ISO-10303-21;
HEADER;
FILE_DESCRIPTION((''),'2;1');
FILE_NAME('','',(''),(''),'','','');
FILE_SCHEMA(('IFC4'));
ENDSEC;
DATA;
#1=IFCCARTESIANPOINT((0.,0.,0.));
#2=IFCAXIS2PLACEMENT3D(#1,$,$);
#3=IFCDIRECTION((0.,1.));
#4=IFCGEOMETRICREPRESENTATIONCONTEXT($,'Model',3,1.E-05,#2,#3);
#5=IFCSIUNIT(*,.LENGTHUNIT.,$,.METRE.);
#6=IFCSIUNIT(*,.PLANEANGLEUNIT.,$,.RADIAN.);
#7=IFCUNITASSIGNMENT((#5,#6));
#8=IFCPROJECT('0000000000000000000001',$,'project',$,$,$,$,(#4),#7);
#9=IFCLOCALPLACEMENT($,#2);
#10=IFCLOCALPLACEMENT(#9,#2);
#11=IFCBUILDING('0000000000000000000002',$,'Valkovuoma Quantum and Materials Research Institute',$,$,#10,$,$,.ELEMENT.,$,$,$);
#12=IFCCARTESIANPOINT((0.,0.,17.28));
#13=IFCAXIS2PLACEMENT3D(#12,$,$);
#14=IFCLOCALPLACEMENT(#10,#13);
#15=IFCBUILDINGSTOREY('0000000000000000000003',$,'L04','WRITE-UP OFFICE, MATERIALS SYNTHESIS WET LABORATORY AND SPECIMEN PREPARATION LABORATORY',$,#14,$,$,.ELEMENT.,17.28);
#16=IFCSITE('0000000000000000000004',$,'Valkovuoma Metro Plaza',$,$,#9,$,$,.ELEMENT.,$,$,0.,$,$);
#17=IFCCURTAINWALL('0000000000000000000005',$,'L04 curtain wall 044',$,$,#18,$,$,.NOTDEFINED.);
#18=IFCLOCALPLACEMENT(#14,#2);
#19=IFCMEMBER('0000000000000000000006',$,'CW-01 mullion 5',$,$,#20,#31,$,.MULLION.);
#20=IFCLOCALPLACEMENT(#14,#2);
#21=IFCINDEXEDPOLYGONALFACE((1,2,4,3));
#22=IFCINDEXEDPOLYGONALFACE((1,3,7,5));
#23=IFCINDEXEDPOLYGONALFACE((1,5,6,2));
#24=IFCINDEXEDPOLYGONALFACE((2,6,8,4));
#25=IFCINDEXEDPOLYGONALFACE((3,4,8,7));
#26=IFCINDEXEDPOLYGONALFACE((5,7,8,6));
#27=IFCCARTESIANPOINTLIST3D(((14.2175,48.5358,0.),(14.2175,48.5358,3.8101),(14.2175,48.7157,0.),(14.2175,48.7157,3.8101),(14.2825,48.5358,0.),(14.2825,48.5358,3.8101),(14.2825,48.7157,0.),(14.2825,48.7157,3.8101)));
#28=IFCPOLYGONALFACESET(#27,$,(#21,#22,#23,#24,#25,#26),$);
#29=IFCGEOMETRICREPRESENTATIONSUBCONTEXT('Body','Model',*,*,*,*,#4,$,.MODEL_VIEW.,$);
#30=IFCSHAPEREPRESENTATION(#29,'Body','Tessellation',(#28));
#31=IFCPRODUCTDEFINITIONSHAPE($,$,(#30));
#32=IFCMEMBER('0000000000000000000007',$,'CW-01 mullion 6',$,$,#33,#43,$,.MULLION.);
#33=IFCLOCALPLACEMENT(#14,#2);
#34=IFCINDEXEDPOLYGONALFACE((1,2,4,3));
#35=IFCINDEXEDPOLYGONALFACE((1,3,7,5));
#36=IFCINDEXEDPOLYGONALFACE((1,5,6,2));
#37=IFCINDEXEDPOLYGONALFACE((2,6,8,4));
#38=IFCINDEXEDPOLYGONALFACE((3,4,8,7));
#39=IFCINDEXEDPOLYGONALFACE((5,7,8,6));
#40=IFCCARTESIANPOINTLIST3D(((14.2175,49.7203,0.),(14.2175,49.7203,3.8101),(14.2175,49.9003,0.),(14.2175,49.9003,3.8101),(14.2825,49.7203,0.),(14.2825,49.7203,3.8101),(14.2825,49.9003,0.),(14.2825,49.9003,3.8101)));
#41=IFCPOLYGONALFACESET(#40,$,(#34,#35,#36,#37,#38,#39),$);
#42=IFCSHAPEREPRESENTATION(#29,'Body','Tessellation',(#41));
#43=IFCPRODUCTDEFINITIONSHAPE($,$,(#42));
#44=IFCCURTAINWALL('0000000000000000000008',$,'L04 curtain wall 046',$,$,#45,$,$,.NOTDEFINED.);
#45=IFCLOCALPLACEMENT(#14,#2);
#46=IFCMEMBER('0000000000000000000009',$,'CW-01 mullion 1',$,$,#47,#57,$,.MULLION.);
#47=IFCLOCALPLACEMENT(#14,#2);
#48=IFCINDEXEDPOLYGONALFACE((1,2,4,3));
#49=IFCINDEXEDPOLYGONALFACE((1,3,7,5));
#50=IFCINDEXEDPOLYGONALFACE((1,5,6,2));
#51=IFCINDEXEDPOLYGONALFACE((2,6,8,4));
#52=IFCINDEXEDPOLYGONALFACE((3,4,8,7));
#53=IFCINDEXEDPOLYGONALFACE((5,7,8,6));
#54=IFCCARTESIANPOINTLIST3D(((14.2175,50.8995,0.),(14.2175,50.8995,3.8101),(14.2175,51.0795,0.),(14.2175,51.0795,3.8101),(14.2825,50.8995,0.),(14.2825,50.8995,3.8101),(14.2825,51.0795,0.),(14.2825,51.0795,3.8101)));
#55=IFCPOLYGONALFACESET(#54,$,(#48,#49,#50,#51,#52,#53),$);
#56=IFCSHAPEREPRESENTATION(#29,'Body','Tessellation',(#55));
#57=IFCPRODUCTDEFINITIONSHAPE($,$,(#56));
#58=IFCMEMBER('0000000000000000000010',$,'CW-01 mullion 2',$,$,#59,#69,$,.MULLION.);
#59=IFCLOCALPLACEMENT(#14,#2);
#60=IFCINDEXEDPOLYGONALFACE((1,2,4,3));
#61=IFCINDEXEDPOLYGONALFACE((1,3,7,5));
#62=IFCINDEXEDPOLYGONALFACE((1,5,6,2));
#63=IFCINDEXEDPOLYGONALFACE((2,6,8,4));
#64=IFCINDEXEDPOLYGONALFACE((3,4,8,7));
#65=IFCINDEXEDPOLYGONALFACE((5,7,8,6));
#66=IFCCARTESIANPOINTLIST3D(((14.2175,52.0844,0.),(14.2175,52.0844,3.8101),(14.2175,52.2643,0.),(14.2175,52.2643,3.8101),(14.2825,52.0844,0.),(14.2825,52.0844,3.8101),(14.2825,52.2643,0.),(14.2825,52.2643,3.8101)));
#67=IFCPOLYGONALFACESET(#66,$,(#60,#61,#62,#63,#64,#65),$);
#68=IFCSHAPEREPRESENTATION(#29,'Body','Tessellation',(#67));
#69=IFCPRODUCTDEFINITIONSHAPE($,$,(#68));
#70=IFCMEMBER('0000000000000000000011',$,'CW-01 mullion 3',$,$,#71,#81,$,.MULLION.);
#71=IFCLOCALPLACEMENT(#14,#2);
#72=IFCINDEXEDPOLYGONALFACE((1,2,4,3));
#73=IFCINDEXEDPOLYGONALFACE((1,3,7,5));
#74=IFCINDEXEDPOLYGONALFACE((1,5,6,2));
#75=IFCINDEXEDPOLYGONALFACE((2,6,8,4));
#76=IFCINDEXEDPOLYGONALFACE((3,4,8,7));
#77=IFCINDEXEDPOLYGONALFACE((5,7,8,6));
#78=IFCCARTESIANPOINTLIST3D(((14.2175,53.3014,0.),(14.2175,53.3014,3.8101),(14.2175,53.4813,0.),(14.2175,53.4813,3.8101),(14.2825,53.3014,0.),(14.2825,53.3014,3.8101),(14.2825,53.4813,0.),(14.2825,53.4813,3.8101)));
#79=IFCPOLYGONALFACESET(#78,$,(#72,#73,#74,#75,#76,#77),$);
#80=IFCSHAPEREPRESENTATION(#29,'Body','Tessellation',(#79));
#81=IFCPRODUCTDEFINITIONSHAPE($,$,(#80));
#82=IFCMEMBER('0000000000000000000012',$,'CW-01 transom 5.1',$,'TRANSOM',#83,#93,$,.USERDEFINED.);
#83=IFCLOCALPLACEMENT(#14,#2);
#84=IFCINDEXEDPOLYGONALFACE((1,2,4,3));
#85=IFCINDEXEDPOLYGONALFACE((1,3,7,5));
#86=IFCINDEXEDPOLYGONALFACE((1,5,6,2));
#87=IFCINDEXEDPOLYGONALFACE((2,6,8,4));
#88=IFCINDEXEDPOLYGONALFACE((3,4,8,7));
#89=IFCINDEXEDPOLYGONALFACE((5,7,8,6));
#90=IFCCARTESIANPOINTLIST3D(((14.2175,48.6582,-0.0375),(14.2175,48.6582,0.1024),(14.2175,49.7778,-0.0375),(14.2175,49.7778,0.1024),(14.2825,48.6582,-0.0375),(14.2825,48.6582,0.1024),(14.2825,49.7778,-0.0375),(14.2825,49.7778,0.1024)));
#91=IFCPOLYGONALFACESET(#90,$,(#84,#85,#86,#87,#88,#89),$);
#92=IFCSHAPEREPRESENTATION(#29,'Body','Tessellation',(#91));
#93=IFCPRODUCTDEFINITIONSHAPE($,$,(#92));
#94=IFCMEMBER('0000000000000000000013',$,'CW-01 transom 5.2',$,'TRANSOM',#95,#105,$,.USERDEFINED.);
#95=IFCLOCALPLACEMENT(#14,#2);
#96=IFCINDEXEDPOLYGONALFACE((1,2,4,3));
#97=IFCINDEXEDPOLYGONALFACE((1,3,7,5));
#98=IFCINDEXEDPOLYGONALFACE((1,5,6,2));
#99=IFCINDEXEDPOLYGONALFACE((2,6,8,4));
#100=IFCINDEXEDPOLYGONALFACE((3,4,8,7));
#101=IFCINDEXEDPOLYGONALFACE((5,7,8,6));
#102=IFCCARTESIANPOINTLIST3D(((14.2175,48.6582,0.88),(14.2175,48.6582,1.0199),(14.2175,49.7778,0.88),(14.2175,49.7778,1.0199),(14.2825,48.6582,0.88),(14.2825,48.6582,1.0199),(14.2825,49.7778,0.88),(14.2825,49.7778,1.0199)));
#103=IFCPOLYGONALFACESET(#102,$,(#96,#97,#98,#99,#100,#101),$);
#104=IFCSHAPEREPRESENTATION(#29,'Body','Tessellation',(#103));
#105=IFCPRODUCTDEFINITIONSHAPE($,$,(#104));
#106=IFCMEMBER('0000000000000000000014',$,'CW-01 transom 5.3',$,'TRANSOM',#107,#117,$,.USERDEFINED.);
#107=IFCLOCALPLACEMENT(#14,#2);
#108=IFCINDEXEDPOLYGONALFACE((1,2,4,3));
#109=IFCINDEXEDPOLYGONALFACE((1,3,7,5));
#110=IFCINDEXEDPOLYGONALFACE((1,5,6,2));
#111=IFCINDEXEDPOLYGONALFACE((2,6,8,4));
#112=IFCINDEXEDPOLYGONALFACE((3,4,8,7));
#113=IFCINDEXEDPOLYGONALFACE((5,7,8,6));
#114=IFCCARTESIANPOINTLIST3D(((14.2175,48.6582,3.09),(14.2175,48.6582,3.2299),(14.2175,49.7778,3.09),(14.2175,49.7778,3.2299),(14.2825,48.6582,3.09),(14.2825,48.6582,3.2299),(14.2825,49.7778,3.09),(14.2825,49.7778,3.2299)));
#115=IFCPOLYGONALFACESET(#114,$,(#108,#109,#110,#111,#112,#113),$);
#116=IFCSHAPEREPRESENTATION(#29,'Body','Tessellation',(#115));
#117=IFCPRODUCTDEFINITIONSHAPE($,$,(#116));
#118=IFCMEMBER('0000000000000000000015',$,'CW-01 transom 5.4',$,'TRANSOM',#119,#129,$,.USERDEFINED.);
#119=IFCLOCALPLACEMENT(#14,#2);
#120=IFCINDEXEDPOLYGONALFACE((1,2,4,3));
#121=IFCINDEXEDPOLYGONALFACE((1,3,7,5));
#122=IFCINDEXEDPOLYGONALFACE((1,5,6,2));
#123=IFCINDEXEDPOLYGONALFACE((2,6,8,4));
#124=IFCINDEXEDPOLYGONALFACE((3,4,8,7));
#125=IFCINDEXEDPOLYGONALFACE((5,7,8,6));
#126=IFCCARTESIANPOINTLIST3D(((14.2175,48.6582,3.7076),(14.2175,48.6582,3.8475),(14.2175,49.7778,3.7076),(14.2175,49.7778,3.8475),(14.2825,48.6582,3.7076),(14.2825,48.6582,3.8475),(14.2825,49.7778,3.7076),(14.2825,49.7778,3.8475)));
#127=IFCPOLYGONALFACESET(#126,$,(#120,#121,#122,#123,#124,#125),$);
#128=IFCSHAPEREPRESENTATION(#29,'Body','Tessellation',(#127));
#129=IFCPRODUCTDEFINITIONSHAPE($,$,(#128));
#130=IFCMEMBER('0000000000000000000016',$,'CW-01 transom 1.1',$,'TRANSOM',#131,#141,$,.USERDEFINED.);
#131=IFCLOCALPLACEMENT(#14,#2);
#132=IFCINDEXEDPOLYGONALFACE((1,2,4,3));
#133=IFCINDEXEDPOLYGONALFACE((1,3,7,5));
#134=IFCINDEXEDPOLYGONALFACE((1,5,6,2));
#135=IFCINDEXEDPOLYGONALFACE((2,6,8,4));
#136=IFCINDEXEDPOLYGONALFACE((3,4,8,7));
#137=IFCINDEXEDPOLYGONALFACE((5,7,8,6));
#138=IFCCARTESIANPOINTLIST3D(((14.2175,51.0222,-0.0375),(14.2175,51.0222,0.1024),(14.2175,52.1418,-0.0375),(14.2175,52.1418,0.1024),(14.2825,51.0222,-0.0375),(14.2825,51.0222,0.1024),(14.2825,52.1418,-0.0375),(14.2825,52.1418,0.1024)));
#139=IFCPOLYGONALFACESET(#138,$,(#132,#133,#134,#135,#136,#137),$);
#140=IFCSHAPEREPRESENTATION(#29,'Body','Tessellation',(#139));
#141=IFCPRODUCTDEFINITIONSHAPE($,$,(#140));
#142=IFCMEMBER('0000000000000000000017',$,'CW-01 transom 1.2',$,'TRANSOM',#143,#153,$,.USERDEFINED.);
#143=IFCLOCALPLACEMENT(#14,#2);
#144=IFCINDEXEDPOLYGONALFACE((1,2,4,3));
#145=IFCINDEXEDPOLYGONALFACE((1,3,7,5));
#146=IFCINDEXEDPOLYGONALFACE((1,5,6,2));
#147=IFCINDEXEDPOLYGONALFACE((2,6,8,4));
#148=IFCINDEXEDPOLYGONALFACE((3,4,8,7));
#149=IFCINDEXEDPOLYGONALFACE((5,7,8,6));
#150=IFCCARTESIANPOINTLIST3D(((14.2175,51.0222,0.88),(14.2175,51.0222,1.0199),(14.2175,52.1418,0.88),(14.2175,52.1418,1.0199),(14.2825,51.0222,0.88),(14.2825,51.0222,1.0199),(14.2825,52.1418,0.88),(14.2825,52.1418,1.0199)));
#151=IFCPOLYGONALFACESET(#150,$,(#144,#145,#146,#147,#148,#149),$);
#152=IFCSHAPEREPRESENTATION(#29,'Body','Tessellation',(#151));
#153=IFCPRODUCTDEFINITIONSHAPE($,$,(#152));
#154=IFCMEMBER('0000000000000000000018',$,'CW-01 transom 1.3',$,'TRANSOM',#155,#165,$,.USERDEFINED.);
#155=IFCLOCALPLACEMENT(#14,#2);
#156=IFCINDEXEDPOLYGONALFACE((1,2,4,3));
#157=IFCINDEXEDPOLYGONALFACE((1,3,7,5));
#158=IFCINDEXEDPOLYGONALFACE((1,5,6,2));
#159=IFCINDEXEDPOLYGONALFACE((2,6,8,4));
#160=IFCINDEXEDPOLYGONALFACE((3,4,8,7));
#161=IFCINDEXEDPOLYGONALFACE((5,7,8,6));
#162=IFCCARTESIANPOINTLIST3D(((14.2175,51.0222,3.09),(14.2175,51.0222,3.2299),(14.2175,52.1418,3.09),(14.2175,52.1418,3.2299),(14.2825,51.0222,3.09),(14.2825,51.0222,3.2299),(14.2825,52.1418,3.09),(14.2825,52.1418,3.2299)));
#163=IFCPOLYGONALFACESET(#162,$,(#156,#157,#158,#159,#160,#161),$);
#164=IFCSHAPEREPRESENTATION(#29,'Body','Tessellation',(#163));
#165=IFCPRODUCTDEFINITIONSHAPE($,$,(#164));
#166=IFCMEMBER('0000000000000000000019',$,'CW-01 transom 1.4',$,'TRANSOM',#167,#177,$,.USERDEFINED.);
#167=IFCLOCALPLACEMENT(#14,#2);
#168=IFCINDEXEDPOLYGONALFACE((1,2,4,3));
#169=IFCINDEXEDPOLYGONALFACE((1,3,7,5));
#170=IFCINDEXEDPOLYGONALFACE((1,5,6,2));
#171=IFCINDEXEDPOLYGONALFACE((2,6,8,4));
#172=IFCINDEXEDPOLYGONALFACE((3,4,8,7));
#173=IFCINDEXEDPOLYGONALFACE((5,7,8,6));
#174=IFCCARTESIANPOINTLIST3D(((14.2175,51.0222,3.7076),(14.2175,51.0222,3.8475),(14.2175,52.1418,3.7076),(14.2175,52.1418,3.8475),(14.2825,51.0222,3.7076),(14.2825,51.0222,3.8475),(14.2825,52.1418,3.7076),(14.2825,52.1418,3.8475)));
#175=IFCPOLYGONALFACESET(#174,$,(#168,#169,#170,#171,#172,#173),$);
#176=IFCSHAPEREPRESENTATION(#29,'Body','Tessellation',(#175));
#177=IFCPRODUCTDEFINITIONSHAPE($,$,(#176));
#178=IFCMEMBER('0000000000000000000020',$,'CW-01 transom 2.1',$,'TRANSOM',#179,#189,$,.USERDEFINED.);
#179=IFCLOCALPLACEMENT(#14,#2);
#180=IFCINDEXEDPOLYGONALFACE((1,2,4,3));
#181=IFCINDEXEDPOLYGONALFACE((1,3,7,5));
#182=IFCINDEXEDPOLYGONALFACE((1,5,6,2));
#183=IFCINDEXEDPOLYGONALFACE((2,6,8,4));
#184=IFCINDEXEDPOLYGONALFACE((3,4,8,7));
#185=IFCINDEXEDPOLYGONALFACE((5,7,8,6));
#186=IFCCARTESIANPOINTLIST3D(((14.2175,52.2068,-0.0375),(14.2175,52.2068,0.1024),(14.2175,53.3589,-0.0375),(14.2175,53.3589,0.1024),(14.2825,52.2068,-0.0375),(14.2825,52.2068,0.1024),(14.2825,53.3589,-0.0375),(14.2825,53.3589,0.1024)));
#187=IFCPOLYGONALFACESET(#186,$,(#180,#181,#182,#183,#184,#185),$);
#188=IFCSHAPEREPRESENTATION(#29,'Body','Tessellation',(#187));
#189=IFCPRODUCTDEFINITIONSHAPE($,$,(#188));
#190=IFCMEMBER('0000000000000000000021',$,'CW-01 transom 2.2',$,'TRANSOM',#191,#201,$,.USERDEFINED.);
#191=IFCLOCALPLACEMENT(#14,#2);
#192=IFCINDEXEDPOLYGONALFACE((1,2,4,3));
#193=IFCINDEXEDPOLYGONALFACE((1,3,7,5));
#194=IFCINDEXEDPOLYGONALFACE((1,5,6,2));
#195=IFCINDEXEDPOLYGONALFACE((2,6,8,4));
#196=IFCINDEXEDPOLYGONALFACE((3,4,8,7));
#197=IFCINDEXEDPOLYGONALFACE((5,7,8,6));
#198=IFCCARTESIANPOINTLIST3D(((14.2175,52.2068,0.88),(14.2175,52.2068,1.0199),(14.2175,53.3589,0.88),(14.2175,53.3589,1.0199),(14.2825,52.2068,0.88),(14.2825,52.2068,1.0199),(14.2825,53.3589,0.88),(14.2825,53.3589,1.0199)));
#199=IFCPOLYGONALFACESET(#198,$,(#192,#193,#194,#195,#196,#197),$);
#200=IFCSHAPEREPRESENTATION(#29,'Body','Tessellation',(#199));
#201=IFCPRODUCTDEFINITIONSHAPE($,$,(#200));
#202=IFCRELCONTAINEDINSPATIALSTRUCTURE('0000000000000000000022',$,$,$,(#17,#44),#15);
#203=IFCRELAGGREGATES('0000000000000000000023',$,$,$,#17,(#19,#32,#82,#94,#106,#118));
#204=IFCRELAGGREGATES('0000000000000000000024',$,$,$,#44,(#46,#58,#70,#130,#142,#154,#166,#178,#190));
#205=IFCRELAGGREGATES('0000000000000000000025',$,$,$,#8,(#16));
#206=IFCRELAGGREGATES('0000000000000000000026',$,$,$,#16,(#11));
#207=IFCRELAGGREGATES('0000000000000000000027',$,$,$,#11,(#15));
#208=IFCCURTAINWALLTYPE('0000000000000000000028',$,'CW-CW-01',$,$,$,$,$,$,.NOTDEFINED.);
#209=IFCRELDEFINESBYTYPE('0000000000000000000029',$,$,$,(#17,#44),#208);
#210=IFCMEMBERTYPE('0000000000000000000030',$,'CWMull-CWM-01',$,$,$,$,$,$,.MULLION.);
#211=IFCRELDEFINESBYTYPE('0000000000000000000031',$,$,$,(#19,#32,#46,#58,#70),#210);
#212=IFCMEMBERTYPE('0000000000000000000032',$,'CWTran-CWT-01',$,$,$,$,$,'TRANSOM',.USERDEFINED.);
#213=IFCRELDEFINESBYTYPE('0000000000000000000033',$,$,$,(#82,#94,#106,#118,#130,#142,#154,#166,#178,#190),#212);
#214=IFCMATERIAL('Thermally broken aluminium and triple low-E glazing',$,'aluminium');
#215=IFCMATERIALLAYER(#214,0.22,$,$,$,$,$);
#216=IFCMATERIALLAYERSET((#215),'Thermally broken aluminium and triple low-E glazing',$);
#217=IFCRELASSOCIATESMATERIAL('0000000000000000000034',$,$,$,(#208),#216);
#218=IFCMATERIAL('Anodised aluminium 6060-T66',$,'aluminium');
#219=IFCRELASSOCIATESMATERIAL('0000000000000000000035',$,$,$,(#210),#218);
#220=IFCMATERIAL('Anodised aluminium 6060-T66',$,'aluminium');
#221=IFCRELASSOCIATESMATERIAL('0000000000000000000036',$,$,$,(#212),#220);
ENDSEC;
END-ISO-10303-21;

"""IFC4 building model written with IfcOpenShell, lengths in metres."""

from ifc_helpers import new_model, si_unit, direction, frame, origin, origin_2d, place, context, subcontext, project, spatial, rectangle, extrude, material, layer, layer_set, material_profile, profile_set, type_object, element, aggregate, save


model = new_model("IFC4")

# Units and contexts
model_context = context("Model", 3, precision=1e-05, world=origin(), true_north=direction((0.0, 1.0)))
body_context = subcontext(model_context, "Body", "Model", "MODEL_VIEW")
ifc_project = project(units=[si_unit("LENGTHUNIT", "METRE"), si_unit("PLANEANGLEUNIT", "RADIAN")], contexts=[model_context])

# Site, building, storey
site_placement = place(None, origin())
site = spatial("IfcSite", under=ifc_project, at=site_placement, Name="Valkovuoma Metro Plaza", CompositionType="ELEMENT", RefElevation=0.0)
building_placement = place(site_placement, origin())
building = spatial("IfcBuilding", under=site, at=building_placement, Name="Valkovuoma Quantum and Materials Research Institute", CompositionType="ELEMENT")
storey_placement = place(building_placement, frame((0.0, 0.0, 17.28)))
storey = spatial("IfcBuildingStorey", under=building, at=storey_placement, Name="L04", Description="WRITE-UP OFFICE, MATERIALS SYNTHESIS WET LABORATORY AND SPECIMEN PREPARATION LABORATORY", CompositionType="ELEMENT", Elevation=17.28)

# Curtain walls, members
ifc_material_1 = material(Name="Thermally broken aluminium and triple low-E glazing", Category="aluminium")
ifc_layer_1 = layer(ifc_material_1, 0.22)
ifc_layer_set_1 = layer_set([ifc_layer_1], Name="Thermally broken aluminium and triple low-E glazing")
curtain_wall_type = type_object("IfcCurtainWallType", Name="CW-CW-01", PredefinedType="NOTDEFINED", material=ifc_layer_set_1)
curtain_wall_1_placement = place(storey_placement, origin())
curtain_wall_1 = element("IfcCurtainWall", 1, at=curtain_wall_1_placement, inside=storey, type_object=curtain_wall_type, Name="L04 curtain wall 044", PredefinedType="NOTDEFINED")
ifc_material_2 = material(Name="Anodised aluminium 6060-T66", Category="aluminium")
ifc_material_profile_1 = material_profile(ifc_material_2, rectangle(XDim=0.0649, YDim=0.1799, at=origin_2d()), Name="Anodised aluminium 6060-T66")
ifc_profile_set_1 = profile_set([ifc_material_profile_1], Name="Anodised aluminium 6060-T66")
member_type_1 = type_object("IfcMemberType", Name="CWMull-CWM-01", PredefinedType="MULLION", material=ifc_profile_set_1)
member_1_placement = place(storey_placement, frame((14.25, 48.6257, 0.0), z_axis=(0.0, 0.0, 1.0), x_axis=(-1.0, 0.0, 0.0)))
member_1 = element("IfcMember", 2, at=member_1_placement, type_object=member_type_1, Name="CW-01 mullion 5", PredefinedType="MULLION", context=body_context, shape_type="SweptSolid", body=[
    extrude(rectangle(XDim=0.0649, YDim=0.1799, at=origin_2d()), origin(), (0.0, 0.0, 1.0), 3.8101),
])
member_2_placement = place(storey_placement, frame((14.25, 49.8103, 0.0), z_axis=(0.0, 0.0, 1.0), x_axis=(-1.0, 0.0, 0.0)))
member_2 = element("IfcMember", 3, at=member_2_placement, type_object=member_type_1, Name="CW-01 mullion 6", PredefinedType="MULLION", context=body_context, shape_type="SweptSolid", body=[
    extrude(rectangle(XDim=0.0649, YDim=0.1799, at=origin_2d()), origin(), (0.0, 0.0, 1.0), 3.8101),
])
curtain_wall_2_placement = place(storey_placement, origin())
curtain_wall_2 = element("IfcCurtainWall", 4, at=curtain_wall_2_placement, inside=storey, type_object=curtain_wall_type, Name="L04 curtain wall 046", PredefinedType="NOTDEFINED")
member_3_placement = place(storey_placement, frame((14.25, 50.9895, 0.0), z_axis=(0.0, 0.0, 1.0), x_axis=(-1.0, 0.0, 0.0)))
member_3 = element("IfcMember", 5, at=member_3_placement, type_object=member_type_1, Name="CW-01 mullion 1", PredefinedType="MULLION", context=body_context, shape_type="SweptSolid", body=[
    extrude(rectangle(XDim=0.0649, YDim=0.1799, at=origin_2d()), origin(), (0.0, 0.0, 1.0), 3.8101),
])
member_4_placement = place(storey_placement, frame((14.25, 52.1743, 0.0), z_axis=(0.0, 0.0, 1.0), x_axis=(-1.0, 0.0, 0.0)))
member_4 = element("IfcMember", 6, at=member_4_placement, type_object=member_type_1, Name="CW-01 mullion 2", PredefinedType="MULLION", context=body_context, shape_type="SweptSolid", body=[
    extrude(rectangle(XDim=0.0649, YDim=0.1799, at=origin_2d()), origin(), (0.0, 0.0, 1.0), 3.8101),
])
member_5_placement = place(storey_placement, frame((14.25, 53.3914, 0.0), z_axis=(0.0, 0.0, 1.0), x_axis=(-1.0, 0.0, 0.0)))
member_5 = element("IfcMember", 7, at=member_5_placement, type_object=member_type_1, Name="CW-01 mullion 3", PredefinedType="MULLION", context=body_context, shape_type="SweptSolid", body=[
    extrude(rectangle(XDim=0.0649, YDim=0.1799, at=origin_2d()), origin(), (0.0, 0.0, 1.0), 3.8101),
])

# Members
ifc_material_3 = material(Name="Anodised aluminium 6060-T66", Category="aluminium")
ifc_material_profile_2 = material_profile(ifc_material_3, rectangle(XDim=0.0649, YDim=0.1399, at=origin_2d()), Name="Anodised aluminium 6060-T66")
ifc_profile_set_2 = profile_set([ifc_material_profile_2], Name="Anodised aluminium 6060-T66")
member_type_2 = type_object("IfcMemberType", Name="CWTran-CWT-01", ElementType="TRANSOM", PredefinedType="USERDEFINED", material=ifc_profile_set_2)
member_6_placement = place(storey_placement, frame((14.25, 48.6582, 0.0325), z_axis=(0.0, 1.0, 0.0), x_axis=(-1.0, 0.0, 0.0)))
member_6 = element("IfcMember", 8, at=member_6_placement, type_object=member_type_2, Name="CW-01 transom 5.1", ObjectType="TRANSOM", PredefinedType="USERDEFINED", context=body_context, shape_type="SweptSolid", body=[
    extrude(rectangle(XDim=0.0649, YDim=0.1399, at=origin_2d()), origin(), (0.0, 0.0, 1.0), 1.1196),
])
member_7_placement = place(storey_placement, frame((14.25, 48.6582, 0.95), z_axis=(0.0, 1.0, 0.0), x_axis=(-1.0, 0.0, 0.0)))
member_7 = element("IfcMember", 9, at=member_7_placement, type_object=member_type_2, Name="CW-01 transom 5.2", ObjectType="TRANSOM", PredefinedType="USERDEFINED", context=body_context, shape_type="SweptSolid", body=[
    extrude(rectangle(XDim=0.0649, YDim=0.1399, at=origin_2d()), origin(), (0.0, 0.0, 1.0), 1.1196),
])
member_8_placement = place(storey_placement, frame((14.25, 48.6582, 3.1599), z_axis=(0.0, 1.0, 0.0), x_axis=(-1.0, 0.0, 0.0)))
member_8 = element("IfcMember", 10, at=member_8_placement, type_object=member_type_2, Name="CW-01 transom 5.3", ObjectType="TRANSOM", PredefinedType="USERDEFINED", context=body_context, shape_type="SweptSolid", body=[
    extrude(rectangle(XDim=0.0649, YDim=0.1399, at=origin_2d()), origin(), (0.0, 0.0, 1.0), 1.1196),
])
member_9_placement = place(storey_placement, frame((14.25, 48.6582, 3.7776), z_axis=(0.0, 1.0, 0.0), x_axis=(-1.0, 0.0, 0.0)))
member_9 = element("IfcMember", 11, at=member_9_placement, type_object=member_type_2, Name="CW-01 transom 5.4", ObjectType="TRANSOM", PredefinedType="USERDEFINED", context=body_context, shape_type="SweptSolid", body=[
    extrude(rectangle(XDim=0.0649, YDim=0.1399, at=origin_2d()), origin(), (0.0, 0.0, 1.0), 1.1196),
])
member_10_placement = place(storey_placement, frame((14.25, 51.0222, 0.0325), z_axis=(0.0, 1.0, 0.0), x_axis=(-1.0, 0.0, 0.0)))
member_10 = element("IfcMember", 12, at=member_10_placement, type_object=member_type_2, Name="CW-01 transom 1.1", ObjectType="TRANSOM", PredefinedType="USERDEFINED", context=body_context, shape_type="SweptSolid", body=[
    extrude(rectangle(XDim=0.0649, YDim=0.1399, at=origin_2d()), origin(), (0.0, 0.0, 1.0), 1.1196),
])
member_11_placement = place(storey_placement, frame((14.25, 51.0222, 0.95), z_axis=(0.0, 1.0, 0.0), x_axis=(-1.0, 0.0, 0.0)))
member_11 = element("IfcMember", 13, at=member_11_placement, type_object=member_type_2, Name="CW-01 transom 1.2", ObjectType="TRANSOM", PredefinedType="USERDEFINED", context=body_context, shape_type="SweptSolid", body=[
    extrude(rectangle(XDim=0.0649, YDim=0.1399, at=origin_2d()), origin(), (0.0, 0.0, 1.0), 1.1196),
])
member_12_placement = place(storey_placement, frame((14.25, 51.0222, 3.1599), z_axis=(0.0, 1.0, 0.0), x_axis=(-1.0, 0.0, 0.0)))
member_12 = element("IfcMember", 14, at=member_12_placement, type_object=member_type_2, Name="CW-01 transom 1.3", ObjectType="TRANSOM", PredefinedType="USERDEFINED", context=body_context, shape_type="SweptSolid", body=[
    extrude(rectangle(XDim=0.0649, YDim=0.1399, at=origin_2d()), origin(), (0.0, 0.0, 1.0), 1.1196),
])
member_13_placement = place(storey_placement, frame((14.25, 51.0222, 3.7776), z_axis=(0.0, 1.0, 0.0), x_axis=(-1.0, 0.0, 0.0)))
member_13 = element("IfcMember", 15, at=member_13_placement, type_object=member_type_2, Name="CW-01 transom 1.4", ObjectType="TRANSOM", PredefinedType="USERDEFINED", context=body_context, shape_type="SweptSolid", body=[
    extrude(rectangle(XDim=0.0649, YDim=0.1399, at=origin_2d()), origin(), (0.0, 0.0, 1.0), 1.1196),
])
member_14_placement = place(storey_placement, frame((14.25, 52.2068, 0.0325), z_axis=(0.0, 1.0, 0.0), x_axis=(-1.0, 0.0, 0.0)))
member_14 = element("IfcMember", 16, at=member_14_placement, type_object=member_type_2, Name="CW-01 transom 2.1", ObjectType="TRANSOM", PredefinedType="USERDEFINED", context=body_context, shape_type="SweptSolid", body=[
    extrude(rectangle(XDim=0.0649, YDim=0.1399, at=origin_2d()), origin(), (0.0, 0.0, 1.0), 1.1521),
])
member_15_placement = place(storey_placement, frame((14.25, 52.2068, 0.95), z_axis=(0.0, 1.0, 0.0), x_axis=(-1.0, 0.0, 0.0)))
member_15 = element("IfcMember", 17, at=member_15_placement, type_object=member_type_2, Name="CW-01 transom 2.2", ObjectType="TRANSOM", PredefinedType="USERDEFINED", context=body_context, shape_type="SweptSolid", body=[
    extrude(rectangle(XDim=0.0649, YDim=0.1399, at=origin_2d()), origin(), (0.0, 0.0, 1.0), 1.1521),
])

aggregate(curtain_wall_1, [member_1, member_2, member_6, member_7, member_8, member_9])
aggregate(curtain_wall_2, [member_3, member_4, member_5, member_10, member_11, member_12, member_13, member_14, member_15])

save(model, "model.ifc")
